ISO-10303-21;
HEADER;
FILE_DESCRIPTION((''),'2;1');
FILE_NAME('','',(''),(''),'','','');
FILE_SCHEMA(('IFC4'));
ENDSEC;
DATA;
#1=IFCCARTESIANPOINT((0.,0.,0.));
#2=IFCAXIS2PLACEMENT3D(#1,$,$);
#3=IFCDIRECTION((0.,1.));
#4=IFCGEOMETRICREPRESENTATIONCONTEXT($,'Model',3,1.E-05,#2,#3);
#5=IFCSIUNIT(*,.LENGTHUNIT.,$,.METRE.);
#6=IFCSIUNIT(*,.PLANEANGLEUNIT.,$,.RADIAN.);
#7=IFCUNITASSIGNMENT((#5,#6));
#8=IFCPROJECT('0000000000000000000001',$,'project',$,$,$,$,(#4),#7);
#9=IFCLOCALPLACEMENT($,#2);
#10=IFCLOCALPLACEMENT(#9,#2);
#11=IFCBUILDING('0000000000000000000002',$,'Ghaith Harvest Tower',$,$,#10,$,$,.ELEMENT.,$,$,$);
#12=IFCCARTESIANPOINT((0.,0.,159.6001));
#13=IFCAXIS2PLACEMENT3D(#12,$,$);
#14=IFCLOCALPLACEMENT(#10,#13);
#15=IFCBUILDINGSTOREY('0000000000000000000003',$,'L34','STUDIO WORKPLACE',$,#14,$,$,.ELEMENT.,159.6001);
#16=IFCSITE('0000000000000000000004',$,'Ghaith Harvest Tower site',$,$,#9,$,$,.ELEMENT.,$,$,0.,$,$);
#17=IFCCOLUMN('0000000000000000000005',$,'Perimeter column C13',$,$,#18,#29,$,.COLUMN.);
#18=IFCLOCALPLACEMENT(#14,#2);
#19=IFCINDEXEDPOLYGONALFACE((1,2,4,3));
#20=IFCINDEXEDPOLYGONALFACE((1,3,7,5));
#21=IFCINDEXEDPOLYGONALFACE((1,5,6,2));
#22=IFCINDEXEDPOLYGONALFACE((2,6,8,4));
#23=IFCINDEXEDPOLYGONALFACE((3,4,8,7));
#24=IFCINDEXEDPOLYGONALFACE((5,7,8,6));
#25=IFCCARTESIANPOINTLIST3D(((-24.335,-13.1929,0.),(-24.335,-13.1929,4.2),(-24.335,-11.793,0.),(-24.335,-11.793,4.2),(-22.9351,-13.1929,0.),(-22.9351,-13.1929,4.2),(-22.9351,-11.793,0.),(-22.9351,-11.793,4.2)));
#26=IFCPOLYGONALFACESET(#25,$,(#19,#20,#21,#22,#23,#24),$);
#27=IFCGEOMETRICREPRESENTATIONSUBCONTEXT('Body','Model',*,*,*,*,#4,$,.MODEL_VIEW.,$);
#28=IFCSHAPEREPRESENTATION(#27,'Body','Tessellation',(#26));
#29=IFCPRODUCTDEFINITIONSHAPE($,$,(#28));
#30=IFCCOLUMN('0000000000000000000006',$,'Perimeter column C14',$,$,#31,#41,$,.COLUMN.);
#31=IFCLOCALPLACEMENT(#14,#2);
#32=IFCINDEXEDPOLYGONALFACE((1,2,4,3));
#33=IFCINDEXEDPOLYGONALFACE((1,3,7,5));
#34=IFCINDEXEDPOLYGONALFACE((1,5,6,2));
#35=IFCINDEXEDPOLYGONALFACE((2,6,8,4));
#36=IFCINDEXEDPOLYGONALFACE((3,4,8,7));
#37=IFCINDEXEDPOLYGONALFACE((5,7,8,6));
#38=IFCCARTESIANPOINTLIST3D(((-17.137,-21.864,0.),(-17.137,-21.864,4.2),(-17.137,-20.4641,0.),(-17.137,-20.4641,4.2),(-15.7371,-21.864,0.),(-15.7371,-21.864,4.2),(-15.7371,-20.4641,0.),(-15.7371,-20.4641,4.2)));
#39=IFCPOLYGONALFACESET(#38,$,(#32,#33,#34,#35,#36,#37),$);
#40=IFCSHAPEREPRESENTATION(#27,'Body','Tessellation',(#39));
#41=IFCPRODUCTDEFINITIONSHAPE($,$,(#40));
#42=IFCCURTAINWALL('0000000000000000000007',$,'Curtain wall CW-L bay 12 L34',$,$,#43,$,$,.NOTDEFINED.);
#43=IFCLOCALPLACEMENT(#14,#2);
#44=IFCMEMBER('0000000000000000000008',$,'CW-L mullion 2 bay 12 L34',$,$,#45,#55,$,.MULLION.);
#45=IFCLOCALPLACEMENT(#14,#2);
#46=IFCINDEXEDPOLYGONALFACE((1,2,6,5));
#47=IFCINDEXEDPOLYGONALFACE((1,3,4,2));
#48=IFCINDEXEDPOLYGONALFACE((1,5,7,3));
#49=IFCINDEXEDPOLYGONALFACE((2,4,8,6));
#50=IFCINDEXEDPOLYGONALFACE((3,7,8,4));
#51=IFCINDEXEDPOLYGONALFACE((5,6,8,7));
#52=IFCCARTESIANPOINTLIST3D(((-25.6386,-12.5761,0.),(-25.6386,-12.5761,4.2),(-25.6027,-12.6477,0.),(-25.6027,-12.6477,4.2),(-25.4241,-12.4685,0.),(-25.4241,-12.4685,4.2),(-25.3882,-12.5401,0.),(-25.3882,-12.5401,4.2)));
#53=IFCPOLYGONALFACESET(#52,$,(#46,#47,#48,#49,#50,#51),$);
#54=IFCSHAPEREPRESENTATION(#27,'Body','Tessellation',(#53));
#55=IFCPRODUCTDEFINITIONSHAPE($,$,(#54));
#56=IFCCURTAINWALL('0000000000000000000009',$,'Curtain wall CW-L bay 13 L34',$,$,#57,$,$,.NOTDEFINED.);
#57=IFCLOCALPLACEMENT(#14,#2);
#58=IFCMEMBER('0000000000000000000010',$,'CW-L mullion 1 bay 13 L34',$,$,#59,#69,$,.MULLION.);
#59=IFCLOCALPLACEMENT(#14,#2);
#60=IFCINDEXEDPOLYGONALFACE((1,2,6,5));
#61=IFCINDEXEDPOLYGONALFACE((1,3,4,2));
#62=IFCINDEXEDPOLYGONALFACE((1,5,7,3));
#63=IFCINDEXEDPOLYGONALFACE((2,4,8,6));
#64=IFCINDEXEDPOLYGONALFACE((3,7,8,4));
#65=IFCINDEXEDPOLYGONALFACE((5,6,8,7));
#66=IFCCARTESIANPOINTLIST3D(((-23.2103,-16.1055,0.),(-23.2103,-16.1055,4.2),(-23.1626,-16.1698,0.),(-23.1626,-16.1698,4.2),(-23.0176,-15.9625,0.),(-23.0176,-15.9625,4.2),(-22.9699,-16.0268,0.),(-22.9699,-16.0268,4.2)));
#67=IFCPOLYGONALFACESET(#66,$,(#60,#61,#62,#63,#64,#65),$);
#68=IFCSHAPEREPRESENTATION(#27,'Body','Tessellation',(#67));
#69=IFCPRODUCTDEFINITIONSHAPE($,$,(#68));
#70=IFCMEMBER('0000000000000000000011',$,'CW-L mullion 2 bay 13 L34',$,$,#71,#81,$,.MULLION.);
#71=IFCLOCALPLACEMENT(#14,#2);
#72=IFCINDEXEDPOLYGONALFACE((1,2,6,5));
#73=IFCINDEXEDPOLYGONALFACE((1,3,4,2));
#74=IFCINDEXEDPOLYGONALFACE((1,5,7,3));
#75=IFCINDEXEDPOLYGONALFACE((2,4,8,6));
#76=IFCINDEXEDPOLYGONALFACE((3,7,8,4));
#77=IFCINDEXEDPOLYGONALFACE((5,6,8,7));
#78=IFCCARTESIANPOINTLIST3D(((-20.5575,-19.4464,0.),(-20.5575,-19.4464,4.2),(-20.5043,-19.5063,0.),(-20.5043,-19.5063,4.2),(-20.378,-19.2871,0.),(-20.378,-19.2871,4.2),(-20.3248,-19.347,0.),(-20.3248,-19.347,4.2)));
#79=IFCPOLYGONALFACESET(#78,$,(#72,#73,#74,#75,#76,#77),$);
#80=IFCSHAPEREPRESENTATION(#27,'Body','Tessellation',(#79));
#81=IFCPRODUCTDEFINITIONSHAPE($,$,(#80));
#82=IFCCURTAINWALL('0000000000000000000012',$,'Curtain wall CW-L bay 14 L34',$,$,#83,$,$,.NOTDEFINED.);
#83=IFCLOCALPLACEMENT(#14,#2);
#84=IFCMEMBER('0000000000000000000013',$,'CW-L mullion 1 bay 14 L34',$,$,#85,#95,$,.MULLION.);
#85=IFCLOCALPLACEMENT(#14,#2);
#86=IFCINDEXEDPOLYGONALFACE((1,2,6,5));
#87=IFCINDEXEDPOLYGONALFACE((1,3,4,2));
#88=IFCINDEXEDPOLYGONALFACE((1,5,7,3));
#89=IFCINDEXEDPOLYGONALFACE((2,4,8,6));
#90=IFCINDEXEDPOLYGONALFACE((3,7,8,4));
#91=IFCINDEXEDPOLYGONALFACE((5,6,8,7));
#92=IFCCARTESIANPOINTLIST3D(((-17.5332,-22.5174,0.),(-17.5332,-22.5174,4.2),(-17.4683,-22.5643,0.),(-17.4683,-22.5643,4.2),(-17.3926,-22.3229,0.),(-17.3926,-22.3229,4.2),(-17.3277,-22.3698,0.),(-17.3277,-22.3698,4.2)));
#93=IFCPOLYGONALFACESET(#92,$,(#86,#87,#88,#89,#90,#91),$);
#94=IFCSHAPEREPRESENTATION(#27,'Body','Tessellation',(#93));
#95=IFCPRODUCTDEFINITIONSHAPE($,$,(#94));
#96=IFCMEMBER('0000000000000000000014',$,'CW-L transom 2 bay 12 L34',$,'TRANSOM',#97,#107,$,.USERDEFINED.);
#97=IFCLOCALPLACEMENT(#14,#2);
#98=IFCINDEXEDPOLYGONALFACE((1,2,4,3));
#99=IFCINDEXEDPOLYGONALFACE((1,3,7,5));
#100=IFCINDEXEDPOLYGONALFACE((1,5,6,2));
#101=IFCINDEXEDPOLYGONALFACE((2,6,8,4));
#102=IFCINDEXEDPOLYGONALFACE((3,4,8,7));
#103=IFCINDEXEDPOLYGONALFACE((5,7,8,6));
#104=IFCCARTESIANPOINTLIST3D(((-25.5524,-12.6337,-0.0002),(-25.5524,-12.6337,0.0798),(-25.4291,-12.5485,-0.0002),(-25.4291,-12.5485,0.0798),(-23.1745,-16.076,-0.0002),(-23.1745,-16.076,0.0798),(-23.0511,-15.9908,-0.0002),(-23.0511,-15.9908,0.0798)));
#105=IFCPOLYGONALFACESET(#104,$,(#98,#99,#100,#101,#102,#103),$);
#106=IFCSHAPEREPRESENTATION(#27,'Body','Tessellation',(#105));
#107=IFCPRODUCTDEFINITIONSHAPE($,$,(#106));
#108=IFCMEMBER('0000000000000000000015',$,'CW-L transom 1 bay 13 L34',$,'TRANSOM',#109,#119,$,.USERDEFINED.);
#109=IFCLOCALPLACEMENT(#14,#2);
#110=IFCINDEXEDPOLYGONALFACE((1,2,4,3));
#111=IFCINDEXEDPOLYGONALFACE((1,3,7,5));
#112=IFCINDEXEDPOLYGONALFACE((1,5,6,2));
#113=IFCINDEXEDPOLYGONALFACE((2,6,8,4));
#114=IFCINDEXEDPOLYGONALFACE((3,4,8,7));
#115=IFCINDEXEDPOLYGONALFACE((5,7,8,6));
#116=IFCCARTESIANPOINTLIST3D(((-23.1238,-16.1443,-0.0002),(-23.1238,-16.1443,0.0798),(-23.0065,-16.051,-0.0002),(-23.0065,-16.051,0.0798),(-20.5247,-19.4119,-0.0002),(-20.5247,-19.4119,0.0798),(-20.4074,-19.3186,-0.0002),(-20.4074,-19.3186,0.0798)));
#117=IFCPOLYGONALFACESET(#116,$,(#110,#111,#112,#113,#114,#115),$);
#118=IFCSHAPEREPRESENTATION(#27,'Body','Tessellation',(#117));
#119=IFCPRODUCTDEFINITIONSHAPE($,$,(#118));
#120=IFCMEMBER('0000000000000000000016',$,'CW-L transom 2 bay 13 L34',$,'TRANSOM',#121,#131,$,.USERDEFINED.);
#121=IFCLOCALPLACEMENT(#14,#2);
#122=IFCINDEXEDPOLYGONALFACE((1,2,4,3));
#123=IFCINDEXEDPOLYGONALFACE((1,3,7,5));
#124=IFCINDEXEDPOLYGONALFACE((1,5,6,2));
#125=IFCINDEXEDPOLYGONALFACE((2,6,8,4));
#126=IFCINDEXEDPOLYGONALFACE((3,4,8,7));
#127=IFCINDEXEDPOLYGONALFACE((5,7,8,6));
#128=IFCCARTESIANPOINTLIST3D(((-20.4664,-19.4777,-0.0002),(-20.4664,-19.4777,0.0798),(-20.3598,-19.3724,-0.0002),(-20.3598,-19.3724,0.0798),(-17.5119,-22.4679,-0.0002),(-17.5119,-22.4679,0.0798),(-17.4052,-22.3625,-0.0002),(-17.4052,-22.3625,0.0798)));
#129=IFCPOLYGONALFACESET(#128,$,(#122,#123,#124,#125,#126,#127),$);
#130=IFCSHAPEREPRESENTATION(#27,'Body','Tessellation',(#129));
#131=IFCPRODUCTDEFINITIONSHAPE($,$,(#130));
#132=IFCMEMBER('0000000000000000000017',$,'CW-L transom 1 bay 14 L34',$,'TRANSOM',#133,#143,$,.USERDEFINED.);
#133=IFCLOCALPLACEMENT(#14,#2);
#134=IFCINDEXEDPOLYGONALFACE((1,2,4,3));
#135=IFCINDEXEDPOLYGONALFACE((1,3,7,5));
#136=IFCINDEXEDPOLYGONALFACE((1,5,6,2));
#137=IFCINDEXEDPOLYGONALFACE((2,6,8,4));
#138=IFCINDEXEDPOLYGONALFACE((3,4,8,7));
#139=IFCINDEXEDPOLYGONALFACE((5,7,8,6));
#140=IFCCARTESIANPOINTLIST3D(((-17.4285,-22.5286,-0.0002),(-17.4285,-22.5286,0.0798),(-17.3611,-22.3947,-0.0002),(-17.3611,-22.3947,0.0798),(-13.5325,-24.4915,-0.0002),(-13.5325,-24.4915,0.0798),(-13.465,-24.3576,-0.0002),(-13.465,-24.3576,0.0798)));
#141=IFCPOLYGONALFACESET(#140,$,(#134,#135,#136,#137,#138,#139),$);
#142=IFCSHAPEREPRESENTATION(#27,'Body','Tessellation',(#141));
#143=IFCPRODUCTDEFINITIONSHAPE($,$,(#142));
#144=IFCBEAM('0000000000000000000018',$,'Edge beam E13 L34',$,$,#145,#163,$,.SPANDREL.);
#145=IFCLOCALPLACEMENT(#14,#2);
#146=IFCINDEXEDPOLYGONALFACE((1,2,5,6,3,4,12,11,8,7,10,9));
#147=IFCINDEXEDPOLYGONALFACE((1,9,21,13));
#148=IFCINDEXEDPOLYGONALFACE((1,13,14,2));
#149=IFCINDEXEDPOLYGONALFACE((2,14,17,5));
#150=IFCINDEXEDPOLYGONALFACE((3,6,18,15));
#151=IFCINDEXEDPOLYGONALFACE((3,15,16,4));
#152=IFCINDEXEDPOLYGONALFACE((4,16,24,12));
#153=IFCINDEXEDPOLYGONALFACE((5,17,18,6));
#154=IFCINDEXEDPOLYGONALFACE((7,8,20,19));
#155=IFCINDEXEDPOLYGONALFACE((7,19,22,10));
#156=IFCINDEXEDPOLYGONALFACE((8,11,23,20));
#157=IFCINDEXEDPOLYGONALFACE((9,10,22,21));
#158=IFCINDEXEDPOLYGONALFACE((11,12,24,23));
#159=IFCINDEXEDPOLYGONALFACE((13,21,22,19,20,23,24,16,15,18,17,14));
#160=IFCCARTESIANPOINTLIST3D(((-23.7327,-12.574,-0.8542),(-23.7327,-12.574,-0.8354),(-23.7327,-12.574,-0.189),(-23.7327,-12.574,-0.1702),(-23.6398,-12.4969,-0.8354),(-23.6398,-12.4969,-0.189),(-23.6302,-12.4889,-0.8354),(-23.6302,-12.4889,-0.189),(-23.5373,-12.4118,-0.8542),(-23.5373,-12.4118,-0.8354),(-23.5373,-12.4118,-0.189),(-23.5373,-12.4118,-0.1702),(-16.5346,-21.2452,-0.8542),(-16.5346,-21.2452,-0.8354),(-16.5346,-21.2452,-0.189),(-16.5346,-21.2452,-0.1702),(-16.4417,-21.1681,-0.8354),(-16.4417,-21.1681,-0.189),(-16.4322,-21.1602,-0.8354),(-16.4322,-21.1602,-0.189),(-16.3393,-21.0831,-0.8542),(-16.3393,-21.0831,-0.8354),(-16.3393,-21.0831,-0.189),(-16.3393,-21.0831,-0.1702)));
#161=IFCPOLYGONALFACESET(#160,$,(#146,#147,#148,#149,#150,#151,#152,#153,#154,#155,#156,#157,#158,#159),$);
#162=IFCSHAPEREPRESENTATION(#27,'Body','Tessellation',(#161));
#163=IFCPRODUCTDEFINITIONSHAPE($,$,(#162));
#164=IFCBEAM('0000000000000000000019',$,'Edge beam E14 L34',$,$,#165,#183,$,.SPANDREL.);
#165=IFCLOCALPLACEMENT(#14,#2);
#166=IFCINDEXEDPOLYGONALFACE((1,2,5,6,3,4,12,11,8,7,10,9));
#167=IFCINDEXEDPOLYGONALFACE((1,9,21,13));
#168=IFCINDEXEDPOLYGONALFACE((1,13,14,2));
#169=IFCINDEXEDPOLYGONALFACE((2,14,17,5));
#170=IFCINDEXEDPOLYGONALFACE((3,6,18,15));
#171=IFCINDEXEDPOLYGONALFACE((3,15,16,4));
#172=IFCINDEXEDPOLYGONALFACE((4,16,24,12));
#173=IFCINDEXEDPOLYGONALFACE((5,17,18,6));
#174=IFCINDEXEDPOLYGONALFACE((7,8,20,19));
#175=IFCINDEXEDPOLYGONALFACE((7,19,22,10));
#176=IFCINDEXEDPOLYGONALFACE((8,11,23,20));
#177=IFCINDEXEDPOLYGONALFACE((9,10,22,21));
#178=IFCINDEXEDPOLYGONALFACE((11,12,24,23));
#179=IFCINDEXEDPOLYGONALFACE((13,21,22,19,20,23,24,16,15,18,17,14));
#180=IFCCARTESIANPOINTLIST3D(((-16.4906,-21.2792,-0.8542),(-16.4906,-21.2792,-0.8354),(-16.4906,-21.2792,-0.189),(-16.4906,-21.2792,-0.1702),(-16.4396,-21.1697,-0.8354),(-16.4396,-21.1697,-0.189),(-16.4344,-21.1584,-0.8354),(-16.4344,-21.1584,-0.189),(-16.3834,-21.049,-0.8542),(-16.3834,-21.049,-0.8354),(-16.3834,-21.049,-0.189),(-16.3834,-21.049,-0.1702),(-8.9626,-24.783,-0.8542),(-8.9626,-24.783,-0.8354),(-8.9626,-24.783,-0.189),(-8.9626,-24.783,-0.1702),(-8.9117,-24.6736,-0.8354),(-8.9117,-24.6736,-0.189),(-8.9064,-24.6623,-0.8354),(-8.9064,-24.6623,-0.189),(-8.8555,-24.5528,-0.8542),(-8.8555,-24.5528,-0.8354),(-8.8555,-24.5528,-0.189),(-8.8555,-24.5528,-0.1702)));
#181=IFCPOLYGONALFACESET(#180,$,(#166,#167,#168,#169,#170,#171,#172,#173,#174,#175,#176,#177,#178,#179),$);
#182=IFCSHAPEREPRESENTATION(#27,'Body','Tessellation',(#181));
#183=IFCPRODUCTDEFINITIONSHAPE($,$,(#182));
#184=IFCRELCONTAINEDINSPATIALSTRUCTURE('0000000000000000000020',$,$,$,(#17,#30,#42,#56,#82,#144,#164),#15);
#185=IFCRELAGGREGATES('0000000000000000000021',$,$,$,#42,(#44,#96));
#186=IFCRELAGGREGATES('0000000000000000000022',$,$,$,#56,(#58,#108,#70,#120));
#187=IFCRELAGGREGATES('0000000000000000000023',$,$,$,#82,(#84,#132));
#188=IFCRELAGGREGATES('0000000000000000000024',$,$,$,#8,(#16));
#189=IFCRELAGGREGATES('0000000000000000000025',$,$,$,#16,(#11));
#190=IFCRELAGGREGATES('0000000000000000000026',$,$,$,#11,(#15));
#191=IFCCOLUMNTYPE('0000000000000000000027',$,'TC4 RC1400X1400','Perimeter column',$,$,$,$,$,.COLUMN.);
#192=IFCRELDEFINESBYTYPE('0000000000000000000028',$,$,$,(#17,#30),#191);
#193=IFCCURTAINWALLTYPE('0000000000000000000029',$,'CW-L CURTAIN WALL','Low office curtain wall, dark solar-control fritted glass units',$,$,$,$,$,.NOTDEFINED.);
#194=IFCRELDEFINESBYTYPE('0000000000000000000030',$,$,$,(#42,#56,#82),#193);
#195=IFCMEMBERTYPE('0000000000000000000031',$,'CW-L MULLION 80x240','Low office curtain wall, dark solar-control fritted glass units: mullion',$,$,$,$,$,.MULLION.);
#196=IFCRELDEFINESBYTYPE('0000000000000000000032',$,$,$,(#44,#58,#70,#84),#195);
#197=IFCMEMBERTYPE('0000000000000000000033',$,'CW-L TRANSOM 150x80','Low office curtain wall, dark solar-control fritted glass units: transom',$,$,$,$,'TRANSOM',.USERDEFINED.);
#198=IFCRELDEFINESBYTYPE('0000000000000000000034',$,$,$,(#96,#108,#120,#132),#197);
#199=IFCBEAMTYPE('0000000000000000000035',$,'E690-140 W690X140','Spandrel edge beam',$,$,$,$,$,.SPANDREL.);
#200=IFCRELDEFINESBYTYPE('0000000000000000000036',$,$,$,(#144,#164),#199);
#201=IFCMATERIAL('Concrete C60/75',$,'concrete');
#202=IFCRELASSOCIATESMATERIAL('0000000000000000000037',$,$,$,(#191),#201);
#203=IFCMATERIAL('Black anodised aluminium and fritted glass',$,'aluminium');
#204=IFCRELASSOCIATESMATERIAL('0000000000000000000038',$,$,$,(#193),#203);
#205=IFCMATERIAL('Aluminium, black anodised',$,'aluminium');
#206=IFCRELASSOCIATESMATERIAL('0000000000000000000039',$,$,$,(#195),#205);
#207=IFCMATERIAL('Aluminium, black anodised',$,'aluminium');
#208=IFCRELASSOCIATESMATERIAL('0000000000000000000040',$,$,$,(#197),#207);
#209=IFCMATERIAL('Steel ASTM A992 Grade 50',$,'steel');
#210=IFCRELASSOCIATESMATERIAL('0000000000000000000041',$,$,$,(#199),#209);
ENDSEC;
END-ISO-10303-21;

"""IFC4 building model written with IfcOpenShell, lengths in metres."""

from ifc_helpers import new_model, si_unit, direction, frame, origin, origin_2d, place, context, subcontext, project, spatial, rectangle, i_section, extrude, material, material_profile, profile_set, type_object, element, aggregate, save


model = new_model("IFC4")

# Units and contexts
model_context = context("Model", 3, precision=1e-05, world=origin(), true_north=direction((0.0, 1.0)))
body_context = subcontext(model_context, "Body", "Model", "MODEL_VIEW")
ifc_project = project(units=[si_unit("LENGTHUNIT", "METRE"), si_unit("PLANEANGLEUNIT", "RADIAN")], contexts=[model_context])

# Site, building, storey
site_placement = place(None, origin())
site = spatial("IfcSite", under=ifc_project, at=site_placement, Name="Ghaith Harvest Tower site", CompositionType="ELEMENT", RefElevation=0.0)
building_placement = place(site_placement, origin())
building = spatial("IfcBuilding", under=site, at=building_placement, Name="Ghaith Harvest Tower", CompositionType="ELEMENT")
storey_placement = place(building_placement, frame((0.0, 0.0, 159.6001)))
storey = spatial("IfcBuildingStorey", under=building, at=storey_placement, Name="L34", Description="STUDIO WORKPLACE", CompositionType="ELEMENT", Elevation=159.6001)

# Columns
ifc_material_1 = material(Name="Concrete C60/75", Category="concrete")
ifc_material_profile_1 = material_profile(ifc_material_1, rectangle(XDim=1.3999, YDim=1.3999, at=origin_2d()), Name="RC1400X1400")
ifc_profile_set_1 = profile_set([ifc_material_profile_1], Name="Concrete C60/75")
column_type = type_object("IfcColumnType", Name="TC4 RC1400X1400", Description="Perimeter column", PredefinedType="COLUMN", material=ifc_profile_set_1)
for number, where, z_axis, x_axis, name in (
    (1, (-23.635, -12.4929, 0.0), (0.0, 0.0, 1.0), (1.0, 0.0, 0.0), "Perimeter column C13"),
    (2, (-16.437, -21.1641, 0.0), (0.0, 0.0, 1.0), (1.0, 0.0, 0.0), "Perimeter column C14"),
):
    element("IfcColumn", number, at=place(storey_placement, frame(where, z_axis=z_axis, x_axis=x_axis)), inside=storey, type_object=column_type, Name=name, PredefinedType="COLUMN", context=body_context, shape_type="SweptSolid", body=[
        extrude(rectangle(XDim=1.3999, YDim=1.3999, at=origin_2d()), origin(), (0.0, 0.0, 1.0), 4.2),
    ])

# Curtain wall, member
ifc_material_2 = material(Name="Black anodised aluminium and fritted glass", Category="aluminium")
curtain_wall_type = type_object("IfcCurtainWallType", Name="CW-L CURTAIN WALL", Description="Low office curtain wall, dark solar-control fritted glass units", PredefinedType="NOTDEFINED", material=ifc_material_2)
curtain_wall_1_placement = place(storey_placement, origin())
curtain_wall_1 = element("IfcCurtainWall", 3, at=curtain_wall_1_placement, inside=storey, type_object=curtain_wall_type, Name="Curtain wall CW-L bay 12 L34", PredefinedType="NOTDEFINED")
ifc_material_3 = material(Name="Aluminium, black anodised", Category="aluminium")
ifc_material_profile_2 = material_profile(ifc_material_3, rectangle(XDim=0.0801, YDim=0.24, at=origin_2d()), Name="CW-L MULLION 80x240")
ifc_profile_set_2 = profile_set([ifc_material_profile_2], Name="Aluminium, black anodised")
member_type_1 = type_object("IfcMemberType", Name="CW-L MULLION 80x240", Description="Low office curtain wall, dark solar-control fritted glass units: mullion", PredefinedType="MULLION", material=ifc_profile_set_2)
member_1_placement = place(storey_placement, frame((-25.5134, -12.5581, 0.0), z_axis=(0.0, 0.0, 1.0), x_axis=(0.448267, -0.8939, 0.0)))
member_1 = element("IfcMember", 4, at=member_1_placement, type_object=member_type_1, Name="CW-L mullion 2 bay 12 L34", PredefinedType="MULLION", context=body_context, shape_type="SweptSolid", body=[
    extrude(rectangle(XDim=0.0801, YDim=0.24, at=origin_2d()), origin(), (0.0, 0.0, 1.0), 4.2),
])

# Curtain wall, members
curtain_wall_2_placement = place(storey_placement, origin())
curtain_wall_2 = element("IfcCurtainWall", 5, at=curtain_wall_2_placement, inside=storey, type_object=curtain_wall_type, Name="Curtain wall CW-L bay 13 L34", PredefinedType="NOTDEFINED")
member_2_placement = place(storey_placement, frame((-23.0901, -16.0662, 0.0), z_axis=(0.0, 0.0, 1.0), x_axis=(0.59574, -0.803177, 0.0)))
member_2 = element("IfcMember", 6, at=member_2_placement, type_object=member_type_1, Name="CW-L mullion 1 bay 13 L34", PredefinedType="MULLION", context=body_context, shape_type="SweptSolid", body=[
    extrude(rectangle(XDim=0.0801, YDim=0.24, at=origin_2d()), origin(), (0.0, 0.0, 1.0), 4.2),
])
member_3_placement = place(storey_placement, frame((-20.4412, -19.3967, 0.0), z_axis=(0.0, 0.0, 1.0), x_axis=(0.663765, -0.747941, 0.0)))
member_3 = element("IfcMember", 7, at=member_3_placement, type_object=member_type_1, Name="CW-L mullion 2 bay 13 L34", PredefinedType="MULLION", context=body_context, shape_type="SweptSolid", body=[
    extrude(rectangle(XDim=0.0801, YDim=0.24, at=origin_2d()), origin(), (0.0, 0.0, 1.0), 4.2),
])

# Curtain wall, member
curtain_wall_3_placement = place(storey_placement, origin())
curtain_wall_3 = element("IfcCurtainWall", 8, at=curtain_wall_3_placement, inside=storey, type_object=curtain_wall_type, Name="Curtain wall CW-L bay 14 L34", PredefinedType="NOTDEFINED")
member_4_placement = place(storey_placement, frame((-17.4304, -22.4436, 0.0), z_axis=(0.0, 0.0, 1.0), x_axis=(0.810339, -0.585961, 0.0)))
member_4 = element("IfcMember", 9, at=member_4_placement, type_object=member_type_1, Name="CW-L mullion 1 bay 14 L34", PredefinedType="MULLION", context=body_context, shape_type="SweptSolid", body=[
    extrude(rectangle(XDim=0.0801, YDim=0.24, at=origin_2d()), origin(), (0.0, 0.0, 1.0), 4.2),
])

# Members
ifc_material_4 = material(Name="Aluminium, black anodised", Category="aluminium")
ifc_material_profile_3 = material_profile(ifc_material_4, rectangle(XDim=0.1499, YDim=0.0801, at=origin_2d()), Name="CW-L TRANSOM 150x80")
ifc_profile_set_3 = profile_set([ifc_material_profile_3], Name="Aluminium, black anodised")
member_type_2 = type_object("IfcMemberType", Name="CW-L TRANSOM 150x80", Description="Low office curtain wall, dark solar-control fritted glass units: transom", ElementType="TRANSOM", PredefinedType="USERDEFINED", material=ifc_profile_set_3)
member_5_placement = place(storey_placement, frame((-25.4907, -12.5911, 0.0398), z_axis=(0.56836, -0.82278, 0.0), x_axis=(0.82278, 0.56836, 0.0)))
member_5 = element("IfcMember", 10, at=member_5_placement, type_object=member_type_2, Name="CW-L transom 2 bay 12 L34", ObjectType="TRANSOM", PredefinedType="USERDEFINED", context=body_context, shape_type="SweptSolid", body=[
    extrude(rectangle(XDim=0.1499, YDim=0.0801, at=origin_2d()), origin(), (0.0, 0.0, 1.0), 4.1838),
])
member_6_placement = place(storey_placement, frame((-23.0652, -16.0977, 0.0398), z_axis=(0.622511, -0.782611, 0.0), x_axis=(0.782611, 0.622511, 0.0)))
member_6 = element("IfcMember", 11, at=member_6_placement, type_object=member_type_2, Name="CW-L transom 1 bay 13 L34", ObjectType="TRANSOM", PredefinedType="USERDEFINED", context=body_context, shape_type="SweptSolid", body=[
    extrude(rectangle(XDim=0.1499, YDim=0.0801, at=origin_2d()), origin(), (0.0, 0.0, 1.0), 4.1753),
])
member_7_placement = place(storey_placement, frame((-20.4131, -19.425, 0.0398), z_axis=(0.702854, -0.711334, 0.0), x_axis=(0.711334, 0.702854, 0.0)))
member_7 = element("IfcMember", 12, at=member_7_placement, type_object=member_type_2, Name="CW-L transom 2 bay 13 L34", ObjectType="TRANSOM", PredefinedType="USERDEFINED", context=body_context, shape_type="SweptSolid", body=[
    extrude(rectangle(XDim=0.1499, YDim=0.0801, at=origin_2d()), origin(), (0.0, 0.0, 1.0), 4.2036),
])
member_8_placement = place(storey_placement, frame((-17.3948, -22.4617, 0.0398), z_axis=(0.893058, -0.449943, 0.0), x_axis=(0.449943, 0.893058, 0.0)))
member_8 = element("IfcMember", 13, at=member_8_placement, type_object=member_type_2, Name="CW-L transom 1 bay 14 L34", ObjectType="TRANSOM", PredefinedType="USERDEFINED", context=body_context, shape_type="SweptSolid", body=[
    extrude(rectangle(XDim=0.1499, YDim=0.0801, at=origin_2d()), origin(), (0.0, 0.0, 1.0), 4.3625),
])

# Beams
ifc_material_5 = material(Name="Steel ASTM A992 Grade 50", Category="steel")
ifc_material_profile_4 = material_profile(ifc_material_5, i_section(OverallWidth=0.2539, OverallDepth=0.6841, WebThickness=0.0125, FlangeThickness=0.0188, at=origin_2d()), Name="W690X140")
ifc_profile_set_4 = profile_set([ifc_material_profile_4], Name="Steel ASTM A992 Grade 50")
beam_type = type_object("IfcBeamType", Name="E690-140 W690X140", Description="Spandrel edge beam", PredefinedType="SPANDREL", material=ifc_profile_set_4)
beam_1_placement = place(storey_placement, frame((-23.635, -12.4929, -0.5122), z_axis=(0.638719, -0.76944, 0.0), x_axis=(0.76944, 0.638719, 0.0)))
element("IfcBeam", 14, at=beam_1_placement, inside=storey, type_object=beam_type, Name="Edge beam E13 L34", PredefinedType="SPANDREL", context=body_context, shape_type="SweptSolid", body=[
    extrude(i_section(OverallWidth=0.2539, OverallDepth=0.6841, WebThickness=0.0125, FlangeThickness=0.0188, at=origin_2d()), origin(), (0.0, 0.0, 1.0), 11.2695),
])
beam_2_placement = place(storey_placement, frame((-16.437, -21.1641, -0.5122), z_axis=(0.906607, -0.421976, 0.0), x_axis=(0.421976, 0.906607, 0.0)))
element("IfcBeam", 15, at=beam_2_placement, inside=storey, type_object=beam_type, Name="Edge beam E14 L34", PredefinedType="SPANDREL", context=body_context, shape_type="SweptSolid", body=[
    extrude(i_section(OverallWidth=0.2539, OverallDepth=0.6841, WebThickness=0.0125, FlangeThickness=0.0188, at=origin_2d()), origin(), (0.0, 0.0, 1.0), 8.3035),
])

aggregate(curtain_wall_1, [member_1, member_5])
aggregate(curtain_wall_2, [member_2, member_6, member_3, member_7])
aggregate(curtain_wall_3, [member_4, member_8])

save(model, "model.ifc")
